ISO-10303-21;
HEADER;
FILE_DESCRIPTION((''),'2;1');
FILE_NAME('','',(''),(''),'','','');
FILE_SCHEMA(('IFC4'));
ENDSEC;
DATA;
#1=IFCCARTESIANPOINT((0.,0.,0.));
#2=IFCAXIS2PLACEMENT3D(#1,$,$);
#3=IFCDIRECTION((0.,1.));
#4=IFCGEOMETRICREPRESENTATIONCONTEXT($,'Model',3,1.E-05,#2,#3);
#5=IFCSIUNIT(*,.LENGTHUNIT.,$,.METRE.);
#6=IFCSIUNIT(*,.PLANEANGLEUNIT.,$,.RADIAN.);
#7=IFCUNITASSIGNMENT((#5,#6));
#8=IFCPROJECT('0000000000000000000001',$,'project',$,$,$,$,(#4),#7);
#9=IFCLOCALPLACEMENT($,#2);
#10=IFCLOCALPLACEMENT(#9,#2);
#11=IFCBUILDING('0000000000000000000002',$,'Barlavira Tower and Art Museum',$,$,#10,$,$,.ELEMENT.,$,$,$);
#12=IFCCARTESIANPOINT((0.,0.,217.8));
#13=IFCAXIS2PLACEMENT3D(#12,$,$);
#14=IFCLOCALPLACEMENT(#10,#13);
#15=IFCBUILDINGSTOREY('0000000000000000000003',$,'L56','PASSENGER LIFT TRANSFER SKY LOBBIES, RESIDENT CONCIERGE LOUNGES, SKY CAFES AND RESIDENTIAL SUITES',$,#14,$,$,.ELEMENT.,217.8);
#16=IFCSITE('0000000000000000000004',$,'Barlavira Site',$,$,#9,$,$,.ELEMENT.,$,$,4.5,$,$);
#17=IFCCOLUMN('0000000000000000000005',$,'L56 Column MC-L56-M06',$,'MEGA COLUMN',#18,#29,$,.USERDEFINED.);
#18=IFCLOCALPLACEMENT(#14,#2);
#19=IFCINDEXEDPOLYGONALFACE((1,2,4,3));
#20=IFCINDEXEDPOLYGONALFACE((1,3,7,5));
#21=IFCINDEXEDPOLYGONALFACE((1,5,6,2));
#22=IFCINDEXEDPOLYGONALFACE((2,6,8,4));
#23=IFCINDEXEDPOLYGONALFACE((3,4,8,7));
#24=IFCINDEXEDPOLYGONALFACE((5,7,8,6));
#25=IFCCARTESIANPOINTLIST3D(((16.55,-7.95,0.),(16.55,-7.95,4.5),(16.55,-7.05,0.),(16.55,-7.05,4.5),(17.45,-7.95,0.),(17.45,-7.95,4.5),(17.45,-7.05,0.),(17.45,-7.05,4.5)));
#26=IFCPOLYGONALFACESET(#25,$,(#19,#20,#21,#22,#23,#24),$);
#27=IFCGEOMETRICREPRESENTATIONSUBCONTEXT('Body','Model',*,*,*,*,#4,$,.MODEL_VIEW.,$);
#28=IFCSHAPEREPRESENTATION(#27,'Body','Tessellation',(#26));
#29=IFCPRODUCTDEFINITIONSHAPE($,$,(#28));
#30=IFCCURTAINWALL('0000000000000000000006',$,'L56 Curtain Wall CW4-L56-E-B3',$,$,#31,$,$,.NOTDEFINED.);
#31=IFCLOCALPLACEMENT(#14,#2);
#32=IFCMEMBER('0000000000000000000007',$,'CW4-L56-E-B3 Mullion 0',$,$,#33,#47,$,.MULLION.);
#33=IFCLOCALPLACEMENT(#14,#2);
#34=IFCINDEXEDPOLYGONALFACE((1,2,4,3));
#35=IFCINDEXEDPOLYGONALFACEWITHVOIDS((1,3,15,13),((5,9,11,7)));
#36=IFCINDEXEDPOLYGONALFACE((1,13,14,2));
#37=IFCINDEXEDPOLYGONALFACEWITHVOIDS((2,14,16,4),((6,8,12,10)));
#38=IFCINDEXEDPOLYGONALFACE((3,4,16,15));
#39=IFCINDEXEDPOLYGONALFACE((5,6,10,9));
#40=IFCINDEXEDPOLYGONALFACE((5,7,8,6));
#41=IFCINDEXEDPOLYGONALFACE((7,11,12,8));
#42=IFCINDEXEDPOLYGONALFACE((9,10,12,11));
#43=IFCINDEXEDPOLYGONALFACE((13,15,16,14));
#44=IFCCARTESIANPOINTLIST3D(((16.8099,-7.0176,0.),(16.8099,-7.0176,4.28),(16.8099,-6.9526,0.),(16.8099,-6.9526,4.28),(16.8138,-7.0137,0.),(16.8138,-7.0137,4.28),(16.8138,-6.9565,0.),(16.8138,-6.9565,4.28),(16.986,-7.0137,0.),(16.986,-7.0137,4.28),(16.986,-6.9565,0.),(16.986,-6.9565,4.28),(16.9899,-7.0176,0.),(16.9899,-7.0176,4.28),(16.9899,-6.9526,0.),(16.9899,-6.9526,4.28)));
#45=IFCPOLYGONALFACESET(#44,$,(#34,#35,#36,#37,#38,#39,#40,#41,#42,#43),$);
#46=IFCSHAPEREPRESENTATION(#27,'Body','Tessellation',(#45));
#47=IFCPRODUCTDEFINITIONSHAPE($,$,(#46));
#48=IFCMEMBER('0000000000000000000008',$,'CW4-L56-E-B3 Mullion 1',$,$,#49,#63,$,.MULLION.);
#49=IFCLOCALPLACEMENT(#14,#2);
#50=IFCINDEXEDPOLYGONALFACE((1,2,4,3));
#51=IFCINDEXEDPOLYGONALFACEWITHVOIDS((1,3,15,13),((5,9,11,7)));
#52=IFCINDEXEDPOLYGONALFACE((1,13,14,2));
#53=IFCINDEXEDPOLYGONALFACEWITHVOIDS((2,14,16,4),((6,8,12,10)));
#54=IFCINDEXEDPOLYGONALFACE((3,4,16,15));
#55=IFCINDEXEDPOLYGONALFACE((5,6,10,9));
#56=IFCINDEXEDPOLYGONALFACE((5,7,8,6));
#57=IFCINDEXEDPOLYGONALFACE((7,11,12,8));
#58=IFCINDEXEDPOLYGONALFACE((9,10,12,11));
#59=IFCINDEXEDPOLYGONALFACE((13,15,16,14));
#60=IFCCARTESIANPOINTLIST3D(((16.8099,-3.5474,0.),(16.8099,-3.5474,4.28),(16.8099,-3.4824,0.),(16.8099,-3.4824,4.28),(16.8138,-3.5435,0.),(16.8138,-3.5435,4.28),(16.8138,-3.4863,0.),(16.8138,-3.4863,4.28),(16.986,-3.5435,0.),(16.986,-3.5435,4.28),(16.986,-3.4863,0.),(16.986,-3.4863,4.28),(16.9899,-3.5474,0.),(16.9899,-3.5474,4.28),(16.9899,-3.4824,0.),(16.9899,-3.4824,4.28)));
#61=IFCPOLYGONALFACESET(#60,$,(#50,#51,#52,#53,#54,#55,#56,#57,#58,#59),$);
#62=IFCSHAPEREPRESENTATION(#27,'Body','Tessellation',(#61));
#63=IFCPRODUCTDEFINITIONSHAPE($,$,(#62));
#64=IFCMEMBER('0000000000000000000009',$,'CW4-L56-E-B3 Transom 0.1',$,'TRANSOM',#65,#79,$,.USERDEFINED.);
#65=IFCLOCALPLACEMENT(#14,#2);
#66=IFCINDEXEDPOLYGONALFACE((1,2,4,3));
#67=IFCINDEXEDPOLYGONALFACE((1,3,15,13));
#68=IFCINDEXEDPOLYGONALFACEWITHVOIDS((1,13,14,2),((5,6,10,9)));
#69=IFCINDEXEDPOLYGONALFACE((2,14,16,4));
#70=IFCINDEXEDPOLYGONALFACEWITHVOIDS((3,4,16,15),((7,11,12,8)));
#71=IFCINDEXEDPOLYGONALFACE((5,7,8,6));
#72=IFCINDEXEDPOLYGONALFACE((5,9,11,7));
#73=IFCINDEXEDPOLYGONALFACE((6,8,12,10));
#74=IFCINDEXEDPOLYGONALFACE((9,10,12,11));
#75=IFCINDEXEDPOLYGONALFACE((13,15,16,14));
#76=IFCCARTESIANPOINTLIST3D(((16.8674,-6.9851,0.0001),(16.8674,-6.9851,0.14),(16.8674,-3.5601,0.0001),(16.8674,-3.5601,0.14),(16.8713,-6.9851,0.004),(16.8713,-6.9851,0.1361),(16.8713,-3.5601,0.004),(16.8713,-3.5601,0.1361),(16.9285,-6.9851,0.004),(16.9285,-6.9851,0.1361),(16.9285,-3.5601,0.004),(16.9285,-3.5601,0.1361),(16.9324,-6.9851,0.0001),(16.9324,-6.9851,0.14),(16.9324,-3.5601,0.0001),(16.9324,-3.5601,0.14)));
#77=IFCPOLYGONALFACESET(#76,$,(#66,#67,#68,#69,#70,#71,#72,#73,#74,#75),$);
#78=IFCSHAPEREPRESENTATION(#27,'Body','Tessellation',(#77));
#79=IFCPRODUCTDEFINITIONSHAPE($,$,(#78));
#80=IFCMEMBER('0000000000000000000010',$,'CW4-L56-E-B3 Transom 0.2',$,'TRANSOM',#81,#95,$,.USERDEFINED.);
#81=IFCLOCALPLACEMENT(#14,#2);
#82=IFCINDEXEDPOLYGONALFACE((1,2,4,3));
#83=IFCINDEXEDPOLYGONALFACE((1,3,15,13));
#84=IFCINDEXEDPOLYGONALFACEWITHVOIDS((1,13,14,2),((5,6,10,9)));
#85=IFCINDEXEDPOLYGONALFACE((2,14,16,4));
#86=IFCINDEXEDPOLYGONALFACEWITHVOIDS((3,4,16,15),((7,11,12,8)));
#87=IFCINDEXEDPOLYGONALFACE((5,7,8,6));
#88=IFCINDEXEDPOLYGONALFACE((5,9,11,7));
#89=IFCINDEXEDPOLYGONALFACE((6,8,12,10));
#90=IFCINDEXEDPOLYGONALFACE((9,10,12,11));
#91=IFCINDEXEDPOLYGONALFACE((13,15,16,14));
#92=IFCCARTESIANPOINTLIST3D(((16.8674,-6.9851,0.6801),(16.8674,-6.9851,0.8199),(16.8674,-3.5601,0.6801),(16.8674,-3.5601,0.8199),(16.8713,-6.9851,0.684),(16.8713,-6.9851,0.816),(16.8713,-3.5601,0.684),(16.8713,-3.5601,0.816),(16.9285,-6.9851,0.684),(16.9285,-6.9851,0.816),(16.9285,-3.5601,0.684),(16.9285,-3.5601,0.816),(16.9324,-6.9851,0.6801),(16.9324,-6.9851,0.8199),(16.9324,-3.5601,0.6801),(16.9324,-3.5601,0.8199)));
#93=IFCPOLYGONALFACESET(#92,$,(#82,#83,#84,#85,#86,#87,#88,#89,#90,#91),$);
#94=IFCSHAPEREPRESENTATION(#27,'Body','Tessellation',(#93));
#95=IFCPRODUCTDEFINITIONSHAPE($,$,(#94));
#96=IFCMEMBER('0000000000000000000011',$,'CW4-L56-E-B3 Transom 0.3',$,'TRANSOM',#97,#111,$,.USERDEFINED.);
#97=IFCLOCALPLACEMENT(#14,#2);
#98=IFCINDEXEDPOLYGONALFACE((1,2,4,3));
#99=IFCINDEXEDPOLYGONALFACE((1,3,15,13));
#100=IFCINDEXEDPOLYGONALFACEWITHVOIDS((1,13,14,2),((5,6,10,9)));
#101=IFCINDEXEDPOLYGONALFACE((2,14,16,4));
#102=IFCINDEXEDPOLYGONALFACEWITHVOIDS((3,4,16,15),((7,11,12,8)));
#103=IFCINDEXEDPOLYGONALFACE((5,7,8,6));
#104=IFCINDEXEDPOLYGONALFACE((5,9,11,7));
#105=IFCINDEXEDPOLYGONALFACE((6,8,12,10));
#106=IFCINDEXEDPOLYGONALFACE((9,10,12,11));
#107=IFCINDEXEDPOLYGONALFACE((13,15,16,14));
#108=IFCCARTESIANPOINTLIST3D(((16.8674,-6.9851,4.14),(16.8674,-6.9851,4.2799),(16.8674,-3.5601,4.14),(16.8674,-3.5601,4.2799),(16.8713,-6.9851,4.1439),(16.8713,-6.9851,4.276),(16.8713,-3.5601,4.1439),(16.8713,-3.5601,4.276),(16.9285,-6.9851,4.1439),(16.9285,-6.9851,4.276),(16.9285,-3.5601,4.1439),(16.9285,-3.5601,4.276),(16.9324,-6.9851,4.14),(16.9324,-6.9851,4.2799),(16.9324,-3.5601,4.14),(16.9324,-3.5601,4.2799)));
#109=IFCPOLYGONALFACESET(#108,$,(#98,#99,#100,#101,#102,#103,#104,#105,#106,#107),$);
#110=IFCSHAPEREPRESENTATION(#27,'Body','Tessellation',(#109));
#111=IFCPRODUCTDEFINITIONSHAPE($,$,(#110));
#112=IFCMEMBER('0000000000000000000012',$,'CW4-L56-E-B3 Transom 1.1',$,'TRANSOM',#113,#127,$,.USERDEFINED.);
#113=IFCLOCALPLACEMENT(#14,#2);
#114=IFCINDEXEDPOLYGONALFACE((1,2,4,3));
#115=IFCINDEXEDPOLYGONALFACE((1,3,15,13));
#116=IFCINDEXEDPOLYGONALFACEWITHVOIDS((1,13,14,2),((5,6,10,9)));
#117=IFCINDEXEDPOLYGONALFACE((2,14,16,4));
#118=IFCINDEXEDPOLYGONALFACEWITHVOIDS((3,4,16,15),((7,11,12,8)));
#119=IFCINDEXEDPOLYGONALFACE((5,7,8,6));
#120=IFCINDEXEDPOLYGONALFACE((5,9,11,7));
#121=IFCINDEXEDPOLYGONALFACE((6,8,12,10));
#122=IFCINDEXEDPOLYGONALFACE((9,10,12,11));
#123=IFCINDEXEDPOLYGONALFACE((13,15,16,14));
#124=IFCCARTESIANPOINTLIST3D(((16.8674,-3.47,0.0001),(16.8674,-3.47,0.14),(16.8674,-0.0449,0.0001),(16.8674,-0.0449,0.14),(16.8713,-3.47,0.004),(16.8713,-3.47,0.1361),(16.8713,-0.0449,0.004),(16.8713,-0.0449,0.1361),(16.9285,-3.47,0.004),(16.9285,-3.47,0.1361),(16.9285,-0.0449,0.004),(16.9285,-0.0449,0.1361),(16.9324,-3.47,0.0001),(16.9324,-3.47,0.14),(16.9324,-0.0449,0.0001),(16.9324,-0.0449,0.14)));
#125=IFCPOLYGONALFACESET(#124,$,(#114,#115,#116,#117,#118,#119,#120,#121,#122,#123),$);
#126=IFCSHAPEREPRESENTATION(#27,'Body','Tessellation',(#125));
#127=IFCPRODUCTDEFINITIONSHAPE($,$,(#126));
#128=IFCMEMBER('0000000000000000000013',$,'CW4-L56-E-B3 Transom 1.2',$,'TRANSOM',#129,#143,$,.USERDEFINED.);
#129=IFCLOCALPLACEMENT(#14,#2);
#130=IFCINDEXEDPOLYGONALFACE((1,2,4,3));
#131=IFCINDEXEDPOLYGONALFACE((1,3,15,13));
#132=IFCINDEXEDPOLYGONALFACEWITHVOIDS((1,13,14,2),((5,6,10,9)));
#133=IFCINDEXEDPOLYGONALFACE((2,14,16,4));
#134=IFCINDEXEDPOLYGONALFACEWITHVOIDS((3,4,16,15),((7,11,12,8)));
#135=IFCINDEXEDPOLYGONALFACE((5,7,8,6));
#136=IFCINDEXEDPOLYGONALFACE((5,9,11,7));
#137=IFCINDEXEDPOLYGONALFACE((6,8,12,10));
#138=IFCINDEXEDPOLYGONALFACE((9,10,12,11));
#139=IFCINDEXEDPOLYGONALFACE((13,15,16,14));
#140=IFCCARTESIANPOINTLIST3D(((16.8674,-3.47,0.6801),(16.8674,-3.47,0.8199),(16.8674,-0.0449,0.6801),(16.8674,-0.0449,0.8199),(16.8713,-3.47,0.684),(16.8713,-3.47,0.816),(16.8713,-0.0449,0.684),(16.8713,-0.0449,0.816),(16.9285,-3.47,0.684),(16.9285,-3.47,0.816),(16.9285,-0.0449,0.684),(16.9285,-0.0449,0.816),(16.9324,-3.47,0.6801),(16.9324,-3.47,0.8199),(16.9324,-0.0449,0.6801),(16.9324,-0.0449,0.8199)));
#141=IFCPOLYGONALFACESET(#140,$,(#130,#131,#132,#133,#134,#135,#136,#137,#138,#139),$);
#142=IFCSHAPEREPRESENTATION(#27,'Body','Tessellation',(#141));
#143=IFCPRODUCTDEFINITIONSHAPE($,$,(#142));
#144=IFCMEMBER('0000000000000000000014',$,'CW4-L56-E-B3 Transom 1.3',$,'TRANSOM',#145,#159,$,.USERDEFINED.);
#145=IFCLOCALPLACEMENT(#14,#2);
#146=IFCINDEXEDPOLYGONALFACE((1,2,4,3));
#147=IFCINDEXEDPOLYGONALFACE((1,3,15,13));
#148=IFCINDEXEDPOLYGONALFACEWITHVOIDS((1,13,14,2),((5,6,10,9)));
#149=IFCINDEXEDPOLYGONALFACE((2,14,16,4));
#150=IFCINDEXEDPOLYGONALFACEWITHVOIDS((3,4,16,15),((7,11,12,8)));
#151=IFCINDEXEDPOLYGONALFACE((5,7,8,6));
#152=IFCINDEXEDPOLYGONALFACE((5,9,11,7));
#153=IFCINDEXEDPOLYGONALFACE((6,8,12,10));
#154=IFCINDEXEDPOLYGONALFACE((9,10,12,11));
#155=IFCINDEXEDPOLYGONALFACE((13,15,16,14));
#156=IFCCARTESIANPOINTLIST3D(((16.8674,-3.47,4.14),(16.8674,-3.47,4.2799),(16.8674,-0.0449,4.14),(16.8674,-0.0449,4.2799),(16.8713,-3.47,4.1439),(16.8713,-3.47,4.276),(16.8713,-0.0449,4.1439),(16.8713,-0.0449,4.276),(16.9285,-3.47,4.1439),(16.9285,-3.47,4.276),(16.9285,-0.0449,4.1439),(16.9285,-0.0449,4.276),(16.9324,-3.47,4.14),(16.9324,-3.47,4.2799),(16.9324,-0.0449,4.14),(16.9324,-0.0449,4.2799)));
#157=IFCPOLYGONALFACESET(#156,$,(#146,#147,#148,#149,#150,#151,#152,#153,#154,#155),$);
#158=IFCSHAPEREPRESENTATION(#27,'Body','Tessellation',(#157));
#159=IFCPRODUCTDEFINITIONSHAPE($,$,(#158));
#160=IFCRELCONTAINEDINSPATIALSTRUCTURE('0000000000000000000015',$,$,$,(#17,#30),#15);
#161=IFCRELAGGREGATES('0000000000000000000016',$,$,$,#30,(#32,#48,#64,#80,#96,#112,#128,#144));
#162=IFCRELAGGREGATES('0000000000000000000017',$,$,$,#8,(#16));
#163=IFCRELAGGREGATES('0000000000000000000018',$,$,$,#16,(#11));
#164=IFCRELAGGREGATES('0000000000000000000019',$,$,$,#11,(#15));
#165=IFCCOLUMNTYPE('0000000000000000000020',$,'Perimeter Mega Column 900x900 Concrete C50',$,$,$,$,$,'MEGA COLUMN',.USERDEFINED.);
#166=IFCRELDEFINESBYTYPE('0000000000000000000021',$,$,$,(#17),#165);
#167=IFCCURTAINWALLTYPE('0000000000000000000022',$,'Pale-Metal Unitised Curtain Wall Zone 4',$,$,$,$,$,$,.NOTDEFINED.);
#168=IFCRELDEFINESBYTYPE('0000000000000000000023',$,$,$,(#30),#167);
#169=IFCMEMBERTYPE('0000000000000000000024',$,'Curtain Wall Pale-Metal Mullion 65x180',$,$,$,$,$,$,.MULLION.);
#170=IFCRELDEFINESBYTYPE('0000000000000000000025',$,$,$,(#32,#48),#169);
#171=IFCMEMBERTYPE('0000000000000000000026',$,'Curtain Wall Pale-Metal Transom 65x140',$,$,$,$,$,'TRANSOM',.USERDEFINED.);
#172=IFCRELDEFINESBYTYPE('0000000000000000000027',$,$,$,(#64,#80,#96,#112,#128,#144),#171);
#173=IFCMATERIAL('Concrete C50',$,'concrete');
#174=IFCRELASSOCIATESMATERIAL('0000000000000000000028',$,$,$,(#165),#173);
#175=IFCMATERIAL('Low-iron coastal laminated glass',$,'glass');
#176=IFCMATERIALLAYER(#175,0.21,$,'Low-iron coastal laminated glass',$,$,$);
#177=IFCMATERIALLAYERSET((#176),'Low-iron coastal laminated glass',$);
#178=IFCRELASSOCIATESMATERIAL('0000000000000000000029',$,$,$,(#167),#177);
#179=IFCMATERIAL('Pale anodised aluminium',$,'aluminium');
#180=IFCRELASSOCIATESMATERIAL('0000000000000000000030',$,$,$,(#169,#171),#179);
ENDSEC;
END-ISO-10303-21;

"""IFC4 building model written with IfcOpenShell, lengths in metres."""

from ifc_helpers import new_model, si_unit, direction, frame, origin, origin_2d, place, context, subcontext, project, spatial, rectangle, hollow_rectangle, extrude, material, layer, layer_set, material_profile, profile_set, type_object, element, aggregate, save


model = new_model("IFC4")

# Units and contexts
model_context = context("Model", 3, precision=1e-05, world=origin(), true_north=direction((0.0, 1.0)))
body_context = subcontext(model_context, "Body", "Model", "MODEL_VIEW")
ifc_project = project(units=[si_unit("LENGTHUNIT", "METRE"), si_unit("PLANEANGLEUNIT", "RADIAN")], contexts=[model_context])

# Site, building, storey
site_placement = place(None, origin())
site = spatial("IfcSite", under=ifc_project, at=site_placement, Name="Barlavira Site", CompositionType="ELEMENT", RefElevation=4.5)
building_placement = place(site_placement, origin())
building = spatial("IfcBuilding", under=site, at=building_placement, Name="Barlavira Tower and Art Museum", CompositionType="ELEMENT")
storey_placement = place(building_placement, frame((0.0, 0.0, 217.8)))
storey = spatial("IfcBuildingStorey", under=building, at=storey_placement, Name="L56", Description="PASSENGER LIFT TRANSFER SKY LOBBIES, RESIDENT CONCIERGE LOUNGES, SKY CAFES AND RESIDENTIAL SUITES", CompositionType="ELEMENT", Elevation=217.8)

# Column
ifc_material_1 = material(Name="Concrete C50", Category="concrete")
ifc_material_profile_1 = material_profile(ifc_material_1, rectangle(XDim=0.8999, YDim=0.8999, at=origin_2d()), Name="RC-COL 900x900")
ifc_profile_set_1 = profile_set([ifc_material_profile_1], Name="Concrete C50")
column_type = type_object("IfcColumnType", Name="Perimeter Mega Column 900x900 Concrete C50", ElementType="MEGA COLUMN", PredefinedType="USERDEFINED", material=ifc_profile_set_1)
column_placement = place(storey_placement, frame((17.0, -7.5, 0.0), z_axis=(0.0, 0.0, 1.0), x_axis=(1.0, 0.0, 0.0)))
element("IfcColumn", 1, at=column_placement, inside=storey, type_object=column_type, Name="L56 Column MC-L56-M06", ObjectType="MEGA COLUMN", PredefinedType="USERDEFINED", context=body_context, shape_type="SweptSolid", body=[
    extrude(rectangle(XDim=0.8999, YDim=0.8999, at=origin_2d()), origin(), (0.0, 0.0, 1.0), 4.5),
])

# Curtain wall, members
ifc_material_2 = material(Name="Low-iron coastal laminated glass", Category="glass")
ifc_layer_1 = layer(ifc_material_2, 0.21, Name="Low-iron coastal laminated glass")
ifc_layer_set_1 = layer_set([ifc_layer_1], Name="Low-iron coastal laminated glass")
curtain_wall_type = type_object("IfcCurtainWallType", Name="Pale-Metal Unitised Curtain Wall Zone 4", PredefinedType="NOTDEFINED", material=ifc_layer_set_1)
curtain_wall_placement = place(storey_placement, origin())
curtain_wall = element("IfcCurtainWall", 2, at=curtain_wall_placement, inside=storey, type_object=curtain_wall_type, Name="L56 Curtain Wall CW4-L56-E-B3", PredefinedType="NOTDEFINED")
ifc_material_3 = material(Name="Pale anodised aluminium", Category="aluminium")
ifc_material_profile_2 = material_profile(ifc_material_3, hollow_rectangle(XDim=0.0649, YDim=0.1799, WallThickness=0.0039, at=origin_2d()), Name="ALU-MULL 65x180x4")
ifc_profile_set_2 = profile_set([ifc_material_profile_2], Name="Pale anodised aluminium")
member_type_1 = type_object("IfcMemberType", Name="Curtain Wall Pale-Metal Mullion 65x180", PredefinedType="MULLION", material=ifc_profile_set_2)
member_1_placement = place(storey_placement, frame((16.8999, -6.9851, 0.0), z_axis=(0.0, 0.0, 1.0), x_axis=(0.0, 1.0, 0.0)))
member_1 = element("IfcMember", 3, at=member_1_placement, type_object=member_type_1, Name="CW4-L56-E-B3 Mullion 0", PredefinedType="MULLION", context=body_context, shape_type="SweptSolid", body=[
    extrude(hollow_rectangle(XDim=0.0649, YDim=0.1799, WallThickness=0.0039, at=origin_2d()), origin(), (0.0, 0.0, 1.0), 4.28),
])
member_2_placement = place(storey_placement, frame((16.8999, -3.5149, 0.0), z_axis=(0.0, 0.0, 1.0), x_axis=(0.0, 1.0, 0.0)))
member_2 = element("IfcMember", 4, at=member_2_placement, type_object=member_type_1, Name="CW4-L56-E-B3 Mullion 1", PredefinedType="MULLION", context=body_context, shape_type="SweptSolid", body=[
    extrude(hollow_rectangle(XDim=0.0649, YDim=0.1799, WallThickness=0.0039, at=origin_2d()), origin(), (0.0, 0.0, 1.0), 4.28),
])
ifc_material_profile_3 = material_profile(ifc_material_3, hollow_rectangle(XDim=0.0649, YDim=0.1399, WallThickness=0.0039, at=origin_2d()), Name="ALU-TRAN 65x140x4")
ifc_profile_set_3 = profile_set([ifc_material_profile_3], Name="Pale anodised aluminium")
member_type_2 = type_object("IfcMemberType", Name="Curtain Wall Pale-Metal Transom 65x140", ElementType="TRANSOM", PredefinedType="USERDEFINED", material=ifc_profile_set_3)
member_3_placement = place(storey_placement, frame((16.8999, -6.9851, 0.0701), z_axis=(0.0, 1.0, 0.0), x_axis=(-1.0, 0.0, 0.0)))
member_3 = element("IfcMember", 5, at=member_3_placement, type_object=member_type_2, Name="CW4-L56-E-B3 Transom 0.1", ObjectType="TRANSOM", PredefinedType="USERDEFINED", context=body_context, shape_type="SweptSolid", body=[
    extrude(hollow_rectangle(XDim=0.0649, YDim=0.1399, WallThickness=0.0039, at=origin_2d()), origin(), (0.0, 0.0, 1.0), 3.425),
])
member_4_placement = place(storey_placement, frame((16.8999, -6.9851, 0.75), z_axis=(0.0, 1.0, 0.0), x_axis=(-1.0, 0.0, 0.0)))
member_4 = element("IfcMember", 6, at=member_4_placement, type_object=member_type_2, Name="CW4-L56-E-B3 Transom 0.2", ObjectType="TRANSOM", PredefinedType="USERDEFINED", context=body_context, shape_type="SweptSolid", body=[
    extrude(hollow_rectangle(XDim=0.0649, YDim=0.1399, WallThickness=0.0039, at=origin_2d()), origin(), (0.0, 0.0, 1.0), 3.425),
])
member_5_placement = place(storey_placement, frame((16.8999, -6.9851, 4.21), z_axis=(0.0, 1.0, 0.0), x_axis=(-1.0, 0.0, 0.0)))
member_5 = element("IfcMember", 7, at=member_5_placement, type_object=member_type_2, Name="CW4-L56-E-B3 Transom 0.3", ObjectType="TRANSOM", PredefinedType="USERDEFINED", context=body_context, shape_type="SweptSolid", body=[
    extrude(hollow_rectangle(XDim=0.0649, YDim=0.1399, WallThickness=0.0039, at=origin_2d()), origin(), (0.0, 0.0, 1.0), 3.425),
])
member_6_placement = place(storey_placement, frame((16.8999, -3.47, 0.0701), z_axis=(0.0, 1.0, 0.0), x_axis=(-1.0, 0.0, 0.0)))
member_6 = element("IfcMember", 8, at=member_6_placement, type_object=member_type_2, Name="CW4-L56-E-B3 Transom 1.1", ObjectType="TRANSOM", PredefinedType="USERDEFINED", context=body_context, shape_type="SweptSolid", body=[
    extrude(hollow_rectangle(XDim=0.0649, YDim=0.1399, WallThickness=0.0039, at=origin_2d()), origin(), (0.0, 0.0, 1.0), 3.425),
])
member_7_placement = place(storey_placement, frame((16.8999, -3.47, 0.75), z_axis=(0.0, 1.0, 0.0), x_axis=(-1.0, 0.0, 0.0)))
member_7 = element("IfcMember", 9, at=member_7_placement, type_object=member_type_2, Name="CW4-L56-E-B3 Transom 1.2", ObjectType="TRANSOM", PredefinedType="USERDEFINED", context=body_context, shape_type="SweptSolid", body=[
    extrude(hollow_rectangle(XDim=0.0649, YDim=0.1399, WallThickness=0.0039, at=origin_2d()), origin(), (0.0, 0.0, 1.0), 3.425),
])
member_8_placement = place(storey_placement, frame((16.8999, -3.47, 4.21), z_axis=(0.0, 1.0, 0.0), x_axis=(-1.0, 0.0, 0.0)))
member_8 = element("IfcMember", 10, at=member_8_placement, type_object=member_type_2, Name="CW4-L56-E-B3 Transom 1.3", ObjectType="TRANSOM", PredefinedType="USERDEFINED", context=body_context, shape_type="SweptSolid", body=[
    extrude(hollow_rectangle(XDim=0.0649, YDim=0.1399, WallThickness=0.0039, at=origin_2d()), origin(), (0.0, 0.0, 1.0), 3.425),
])

aggregate(curtain_wall, [member_1, member_2, member_3, member_4, member_5, member_6, member_7, member_8])

save(model, "model.ifc")
